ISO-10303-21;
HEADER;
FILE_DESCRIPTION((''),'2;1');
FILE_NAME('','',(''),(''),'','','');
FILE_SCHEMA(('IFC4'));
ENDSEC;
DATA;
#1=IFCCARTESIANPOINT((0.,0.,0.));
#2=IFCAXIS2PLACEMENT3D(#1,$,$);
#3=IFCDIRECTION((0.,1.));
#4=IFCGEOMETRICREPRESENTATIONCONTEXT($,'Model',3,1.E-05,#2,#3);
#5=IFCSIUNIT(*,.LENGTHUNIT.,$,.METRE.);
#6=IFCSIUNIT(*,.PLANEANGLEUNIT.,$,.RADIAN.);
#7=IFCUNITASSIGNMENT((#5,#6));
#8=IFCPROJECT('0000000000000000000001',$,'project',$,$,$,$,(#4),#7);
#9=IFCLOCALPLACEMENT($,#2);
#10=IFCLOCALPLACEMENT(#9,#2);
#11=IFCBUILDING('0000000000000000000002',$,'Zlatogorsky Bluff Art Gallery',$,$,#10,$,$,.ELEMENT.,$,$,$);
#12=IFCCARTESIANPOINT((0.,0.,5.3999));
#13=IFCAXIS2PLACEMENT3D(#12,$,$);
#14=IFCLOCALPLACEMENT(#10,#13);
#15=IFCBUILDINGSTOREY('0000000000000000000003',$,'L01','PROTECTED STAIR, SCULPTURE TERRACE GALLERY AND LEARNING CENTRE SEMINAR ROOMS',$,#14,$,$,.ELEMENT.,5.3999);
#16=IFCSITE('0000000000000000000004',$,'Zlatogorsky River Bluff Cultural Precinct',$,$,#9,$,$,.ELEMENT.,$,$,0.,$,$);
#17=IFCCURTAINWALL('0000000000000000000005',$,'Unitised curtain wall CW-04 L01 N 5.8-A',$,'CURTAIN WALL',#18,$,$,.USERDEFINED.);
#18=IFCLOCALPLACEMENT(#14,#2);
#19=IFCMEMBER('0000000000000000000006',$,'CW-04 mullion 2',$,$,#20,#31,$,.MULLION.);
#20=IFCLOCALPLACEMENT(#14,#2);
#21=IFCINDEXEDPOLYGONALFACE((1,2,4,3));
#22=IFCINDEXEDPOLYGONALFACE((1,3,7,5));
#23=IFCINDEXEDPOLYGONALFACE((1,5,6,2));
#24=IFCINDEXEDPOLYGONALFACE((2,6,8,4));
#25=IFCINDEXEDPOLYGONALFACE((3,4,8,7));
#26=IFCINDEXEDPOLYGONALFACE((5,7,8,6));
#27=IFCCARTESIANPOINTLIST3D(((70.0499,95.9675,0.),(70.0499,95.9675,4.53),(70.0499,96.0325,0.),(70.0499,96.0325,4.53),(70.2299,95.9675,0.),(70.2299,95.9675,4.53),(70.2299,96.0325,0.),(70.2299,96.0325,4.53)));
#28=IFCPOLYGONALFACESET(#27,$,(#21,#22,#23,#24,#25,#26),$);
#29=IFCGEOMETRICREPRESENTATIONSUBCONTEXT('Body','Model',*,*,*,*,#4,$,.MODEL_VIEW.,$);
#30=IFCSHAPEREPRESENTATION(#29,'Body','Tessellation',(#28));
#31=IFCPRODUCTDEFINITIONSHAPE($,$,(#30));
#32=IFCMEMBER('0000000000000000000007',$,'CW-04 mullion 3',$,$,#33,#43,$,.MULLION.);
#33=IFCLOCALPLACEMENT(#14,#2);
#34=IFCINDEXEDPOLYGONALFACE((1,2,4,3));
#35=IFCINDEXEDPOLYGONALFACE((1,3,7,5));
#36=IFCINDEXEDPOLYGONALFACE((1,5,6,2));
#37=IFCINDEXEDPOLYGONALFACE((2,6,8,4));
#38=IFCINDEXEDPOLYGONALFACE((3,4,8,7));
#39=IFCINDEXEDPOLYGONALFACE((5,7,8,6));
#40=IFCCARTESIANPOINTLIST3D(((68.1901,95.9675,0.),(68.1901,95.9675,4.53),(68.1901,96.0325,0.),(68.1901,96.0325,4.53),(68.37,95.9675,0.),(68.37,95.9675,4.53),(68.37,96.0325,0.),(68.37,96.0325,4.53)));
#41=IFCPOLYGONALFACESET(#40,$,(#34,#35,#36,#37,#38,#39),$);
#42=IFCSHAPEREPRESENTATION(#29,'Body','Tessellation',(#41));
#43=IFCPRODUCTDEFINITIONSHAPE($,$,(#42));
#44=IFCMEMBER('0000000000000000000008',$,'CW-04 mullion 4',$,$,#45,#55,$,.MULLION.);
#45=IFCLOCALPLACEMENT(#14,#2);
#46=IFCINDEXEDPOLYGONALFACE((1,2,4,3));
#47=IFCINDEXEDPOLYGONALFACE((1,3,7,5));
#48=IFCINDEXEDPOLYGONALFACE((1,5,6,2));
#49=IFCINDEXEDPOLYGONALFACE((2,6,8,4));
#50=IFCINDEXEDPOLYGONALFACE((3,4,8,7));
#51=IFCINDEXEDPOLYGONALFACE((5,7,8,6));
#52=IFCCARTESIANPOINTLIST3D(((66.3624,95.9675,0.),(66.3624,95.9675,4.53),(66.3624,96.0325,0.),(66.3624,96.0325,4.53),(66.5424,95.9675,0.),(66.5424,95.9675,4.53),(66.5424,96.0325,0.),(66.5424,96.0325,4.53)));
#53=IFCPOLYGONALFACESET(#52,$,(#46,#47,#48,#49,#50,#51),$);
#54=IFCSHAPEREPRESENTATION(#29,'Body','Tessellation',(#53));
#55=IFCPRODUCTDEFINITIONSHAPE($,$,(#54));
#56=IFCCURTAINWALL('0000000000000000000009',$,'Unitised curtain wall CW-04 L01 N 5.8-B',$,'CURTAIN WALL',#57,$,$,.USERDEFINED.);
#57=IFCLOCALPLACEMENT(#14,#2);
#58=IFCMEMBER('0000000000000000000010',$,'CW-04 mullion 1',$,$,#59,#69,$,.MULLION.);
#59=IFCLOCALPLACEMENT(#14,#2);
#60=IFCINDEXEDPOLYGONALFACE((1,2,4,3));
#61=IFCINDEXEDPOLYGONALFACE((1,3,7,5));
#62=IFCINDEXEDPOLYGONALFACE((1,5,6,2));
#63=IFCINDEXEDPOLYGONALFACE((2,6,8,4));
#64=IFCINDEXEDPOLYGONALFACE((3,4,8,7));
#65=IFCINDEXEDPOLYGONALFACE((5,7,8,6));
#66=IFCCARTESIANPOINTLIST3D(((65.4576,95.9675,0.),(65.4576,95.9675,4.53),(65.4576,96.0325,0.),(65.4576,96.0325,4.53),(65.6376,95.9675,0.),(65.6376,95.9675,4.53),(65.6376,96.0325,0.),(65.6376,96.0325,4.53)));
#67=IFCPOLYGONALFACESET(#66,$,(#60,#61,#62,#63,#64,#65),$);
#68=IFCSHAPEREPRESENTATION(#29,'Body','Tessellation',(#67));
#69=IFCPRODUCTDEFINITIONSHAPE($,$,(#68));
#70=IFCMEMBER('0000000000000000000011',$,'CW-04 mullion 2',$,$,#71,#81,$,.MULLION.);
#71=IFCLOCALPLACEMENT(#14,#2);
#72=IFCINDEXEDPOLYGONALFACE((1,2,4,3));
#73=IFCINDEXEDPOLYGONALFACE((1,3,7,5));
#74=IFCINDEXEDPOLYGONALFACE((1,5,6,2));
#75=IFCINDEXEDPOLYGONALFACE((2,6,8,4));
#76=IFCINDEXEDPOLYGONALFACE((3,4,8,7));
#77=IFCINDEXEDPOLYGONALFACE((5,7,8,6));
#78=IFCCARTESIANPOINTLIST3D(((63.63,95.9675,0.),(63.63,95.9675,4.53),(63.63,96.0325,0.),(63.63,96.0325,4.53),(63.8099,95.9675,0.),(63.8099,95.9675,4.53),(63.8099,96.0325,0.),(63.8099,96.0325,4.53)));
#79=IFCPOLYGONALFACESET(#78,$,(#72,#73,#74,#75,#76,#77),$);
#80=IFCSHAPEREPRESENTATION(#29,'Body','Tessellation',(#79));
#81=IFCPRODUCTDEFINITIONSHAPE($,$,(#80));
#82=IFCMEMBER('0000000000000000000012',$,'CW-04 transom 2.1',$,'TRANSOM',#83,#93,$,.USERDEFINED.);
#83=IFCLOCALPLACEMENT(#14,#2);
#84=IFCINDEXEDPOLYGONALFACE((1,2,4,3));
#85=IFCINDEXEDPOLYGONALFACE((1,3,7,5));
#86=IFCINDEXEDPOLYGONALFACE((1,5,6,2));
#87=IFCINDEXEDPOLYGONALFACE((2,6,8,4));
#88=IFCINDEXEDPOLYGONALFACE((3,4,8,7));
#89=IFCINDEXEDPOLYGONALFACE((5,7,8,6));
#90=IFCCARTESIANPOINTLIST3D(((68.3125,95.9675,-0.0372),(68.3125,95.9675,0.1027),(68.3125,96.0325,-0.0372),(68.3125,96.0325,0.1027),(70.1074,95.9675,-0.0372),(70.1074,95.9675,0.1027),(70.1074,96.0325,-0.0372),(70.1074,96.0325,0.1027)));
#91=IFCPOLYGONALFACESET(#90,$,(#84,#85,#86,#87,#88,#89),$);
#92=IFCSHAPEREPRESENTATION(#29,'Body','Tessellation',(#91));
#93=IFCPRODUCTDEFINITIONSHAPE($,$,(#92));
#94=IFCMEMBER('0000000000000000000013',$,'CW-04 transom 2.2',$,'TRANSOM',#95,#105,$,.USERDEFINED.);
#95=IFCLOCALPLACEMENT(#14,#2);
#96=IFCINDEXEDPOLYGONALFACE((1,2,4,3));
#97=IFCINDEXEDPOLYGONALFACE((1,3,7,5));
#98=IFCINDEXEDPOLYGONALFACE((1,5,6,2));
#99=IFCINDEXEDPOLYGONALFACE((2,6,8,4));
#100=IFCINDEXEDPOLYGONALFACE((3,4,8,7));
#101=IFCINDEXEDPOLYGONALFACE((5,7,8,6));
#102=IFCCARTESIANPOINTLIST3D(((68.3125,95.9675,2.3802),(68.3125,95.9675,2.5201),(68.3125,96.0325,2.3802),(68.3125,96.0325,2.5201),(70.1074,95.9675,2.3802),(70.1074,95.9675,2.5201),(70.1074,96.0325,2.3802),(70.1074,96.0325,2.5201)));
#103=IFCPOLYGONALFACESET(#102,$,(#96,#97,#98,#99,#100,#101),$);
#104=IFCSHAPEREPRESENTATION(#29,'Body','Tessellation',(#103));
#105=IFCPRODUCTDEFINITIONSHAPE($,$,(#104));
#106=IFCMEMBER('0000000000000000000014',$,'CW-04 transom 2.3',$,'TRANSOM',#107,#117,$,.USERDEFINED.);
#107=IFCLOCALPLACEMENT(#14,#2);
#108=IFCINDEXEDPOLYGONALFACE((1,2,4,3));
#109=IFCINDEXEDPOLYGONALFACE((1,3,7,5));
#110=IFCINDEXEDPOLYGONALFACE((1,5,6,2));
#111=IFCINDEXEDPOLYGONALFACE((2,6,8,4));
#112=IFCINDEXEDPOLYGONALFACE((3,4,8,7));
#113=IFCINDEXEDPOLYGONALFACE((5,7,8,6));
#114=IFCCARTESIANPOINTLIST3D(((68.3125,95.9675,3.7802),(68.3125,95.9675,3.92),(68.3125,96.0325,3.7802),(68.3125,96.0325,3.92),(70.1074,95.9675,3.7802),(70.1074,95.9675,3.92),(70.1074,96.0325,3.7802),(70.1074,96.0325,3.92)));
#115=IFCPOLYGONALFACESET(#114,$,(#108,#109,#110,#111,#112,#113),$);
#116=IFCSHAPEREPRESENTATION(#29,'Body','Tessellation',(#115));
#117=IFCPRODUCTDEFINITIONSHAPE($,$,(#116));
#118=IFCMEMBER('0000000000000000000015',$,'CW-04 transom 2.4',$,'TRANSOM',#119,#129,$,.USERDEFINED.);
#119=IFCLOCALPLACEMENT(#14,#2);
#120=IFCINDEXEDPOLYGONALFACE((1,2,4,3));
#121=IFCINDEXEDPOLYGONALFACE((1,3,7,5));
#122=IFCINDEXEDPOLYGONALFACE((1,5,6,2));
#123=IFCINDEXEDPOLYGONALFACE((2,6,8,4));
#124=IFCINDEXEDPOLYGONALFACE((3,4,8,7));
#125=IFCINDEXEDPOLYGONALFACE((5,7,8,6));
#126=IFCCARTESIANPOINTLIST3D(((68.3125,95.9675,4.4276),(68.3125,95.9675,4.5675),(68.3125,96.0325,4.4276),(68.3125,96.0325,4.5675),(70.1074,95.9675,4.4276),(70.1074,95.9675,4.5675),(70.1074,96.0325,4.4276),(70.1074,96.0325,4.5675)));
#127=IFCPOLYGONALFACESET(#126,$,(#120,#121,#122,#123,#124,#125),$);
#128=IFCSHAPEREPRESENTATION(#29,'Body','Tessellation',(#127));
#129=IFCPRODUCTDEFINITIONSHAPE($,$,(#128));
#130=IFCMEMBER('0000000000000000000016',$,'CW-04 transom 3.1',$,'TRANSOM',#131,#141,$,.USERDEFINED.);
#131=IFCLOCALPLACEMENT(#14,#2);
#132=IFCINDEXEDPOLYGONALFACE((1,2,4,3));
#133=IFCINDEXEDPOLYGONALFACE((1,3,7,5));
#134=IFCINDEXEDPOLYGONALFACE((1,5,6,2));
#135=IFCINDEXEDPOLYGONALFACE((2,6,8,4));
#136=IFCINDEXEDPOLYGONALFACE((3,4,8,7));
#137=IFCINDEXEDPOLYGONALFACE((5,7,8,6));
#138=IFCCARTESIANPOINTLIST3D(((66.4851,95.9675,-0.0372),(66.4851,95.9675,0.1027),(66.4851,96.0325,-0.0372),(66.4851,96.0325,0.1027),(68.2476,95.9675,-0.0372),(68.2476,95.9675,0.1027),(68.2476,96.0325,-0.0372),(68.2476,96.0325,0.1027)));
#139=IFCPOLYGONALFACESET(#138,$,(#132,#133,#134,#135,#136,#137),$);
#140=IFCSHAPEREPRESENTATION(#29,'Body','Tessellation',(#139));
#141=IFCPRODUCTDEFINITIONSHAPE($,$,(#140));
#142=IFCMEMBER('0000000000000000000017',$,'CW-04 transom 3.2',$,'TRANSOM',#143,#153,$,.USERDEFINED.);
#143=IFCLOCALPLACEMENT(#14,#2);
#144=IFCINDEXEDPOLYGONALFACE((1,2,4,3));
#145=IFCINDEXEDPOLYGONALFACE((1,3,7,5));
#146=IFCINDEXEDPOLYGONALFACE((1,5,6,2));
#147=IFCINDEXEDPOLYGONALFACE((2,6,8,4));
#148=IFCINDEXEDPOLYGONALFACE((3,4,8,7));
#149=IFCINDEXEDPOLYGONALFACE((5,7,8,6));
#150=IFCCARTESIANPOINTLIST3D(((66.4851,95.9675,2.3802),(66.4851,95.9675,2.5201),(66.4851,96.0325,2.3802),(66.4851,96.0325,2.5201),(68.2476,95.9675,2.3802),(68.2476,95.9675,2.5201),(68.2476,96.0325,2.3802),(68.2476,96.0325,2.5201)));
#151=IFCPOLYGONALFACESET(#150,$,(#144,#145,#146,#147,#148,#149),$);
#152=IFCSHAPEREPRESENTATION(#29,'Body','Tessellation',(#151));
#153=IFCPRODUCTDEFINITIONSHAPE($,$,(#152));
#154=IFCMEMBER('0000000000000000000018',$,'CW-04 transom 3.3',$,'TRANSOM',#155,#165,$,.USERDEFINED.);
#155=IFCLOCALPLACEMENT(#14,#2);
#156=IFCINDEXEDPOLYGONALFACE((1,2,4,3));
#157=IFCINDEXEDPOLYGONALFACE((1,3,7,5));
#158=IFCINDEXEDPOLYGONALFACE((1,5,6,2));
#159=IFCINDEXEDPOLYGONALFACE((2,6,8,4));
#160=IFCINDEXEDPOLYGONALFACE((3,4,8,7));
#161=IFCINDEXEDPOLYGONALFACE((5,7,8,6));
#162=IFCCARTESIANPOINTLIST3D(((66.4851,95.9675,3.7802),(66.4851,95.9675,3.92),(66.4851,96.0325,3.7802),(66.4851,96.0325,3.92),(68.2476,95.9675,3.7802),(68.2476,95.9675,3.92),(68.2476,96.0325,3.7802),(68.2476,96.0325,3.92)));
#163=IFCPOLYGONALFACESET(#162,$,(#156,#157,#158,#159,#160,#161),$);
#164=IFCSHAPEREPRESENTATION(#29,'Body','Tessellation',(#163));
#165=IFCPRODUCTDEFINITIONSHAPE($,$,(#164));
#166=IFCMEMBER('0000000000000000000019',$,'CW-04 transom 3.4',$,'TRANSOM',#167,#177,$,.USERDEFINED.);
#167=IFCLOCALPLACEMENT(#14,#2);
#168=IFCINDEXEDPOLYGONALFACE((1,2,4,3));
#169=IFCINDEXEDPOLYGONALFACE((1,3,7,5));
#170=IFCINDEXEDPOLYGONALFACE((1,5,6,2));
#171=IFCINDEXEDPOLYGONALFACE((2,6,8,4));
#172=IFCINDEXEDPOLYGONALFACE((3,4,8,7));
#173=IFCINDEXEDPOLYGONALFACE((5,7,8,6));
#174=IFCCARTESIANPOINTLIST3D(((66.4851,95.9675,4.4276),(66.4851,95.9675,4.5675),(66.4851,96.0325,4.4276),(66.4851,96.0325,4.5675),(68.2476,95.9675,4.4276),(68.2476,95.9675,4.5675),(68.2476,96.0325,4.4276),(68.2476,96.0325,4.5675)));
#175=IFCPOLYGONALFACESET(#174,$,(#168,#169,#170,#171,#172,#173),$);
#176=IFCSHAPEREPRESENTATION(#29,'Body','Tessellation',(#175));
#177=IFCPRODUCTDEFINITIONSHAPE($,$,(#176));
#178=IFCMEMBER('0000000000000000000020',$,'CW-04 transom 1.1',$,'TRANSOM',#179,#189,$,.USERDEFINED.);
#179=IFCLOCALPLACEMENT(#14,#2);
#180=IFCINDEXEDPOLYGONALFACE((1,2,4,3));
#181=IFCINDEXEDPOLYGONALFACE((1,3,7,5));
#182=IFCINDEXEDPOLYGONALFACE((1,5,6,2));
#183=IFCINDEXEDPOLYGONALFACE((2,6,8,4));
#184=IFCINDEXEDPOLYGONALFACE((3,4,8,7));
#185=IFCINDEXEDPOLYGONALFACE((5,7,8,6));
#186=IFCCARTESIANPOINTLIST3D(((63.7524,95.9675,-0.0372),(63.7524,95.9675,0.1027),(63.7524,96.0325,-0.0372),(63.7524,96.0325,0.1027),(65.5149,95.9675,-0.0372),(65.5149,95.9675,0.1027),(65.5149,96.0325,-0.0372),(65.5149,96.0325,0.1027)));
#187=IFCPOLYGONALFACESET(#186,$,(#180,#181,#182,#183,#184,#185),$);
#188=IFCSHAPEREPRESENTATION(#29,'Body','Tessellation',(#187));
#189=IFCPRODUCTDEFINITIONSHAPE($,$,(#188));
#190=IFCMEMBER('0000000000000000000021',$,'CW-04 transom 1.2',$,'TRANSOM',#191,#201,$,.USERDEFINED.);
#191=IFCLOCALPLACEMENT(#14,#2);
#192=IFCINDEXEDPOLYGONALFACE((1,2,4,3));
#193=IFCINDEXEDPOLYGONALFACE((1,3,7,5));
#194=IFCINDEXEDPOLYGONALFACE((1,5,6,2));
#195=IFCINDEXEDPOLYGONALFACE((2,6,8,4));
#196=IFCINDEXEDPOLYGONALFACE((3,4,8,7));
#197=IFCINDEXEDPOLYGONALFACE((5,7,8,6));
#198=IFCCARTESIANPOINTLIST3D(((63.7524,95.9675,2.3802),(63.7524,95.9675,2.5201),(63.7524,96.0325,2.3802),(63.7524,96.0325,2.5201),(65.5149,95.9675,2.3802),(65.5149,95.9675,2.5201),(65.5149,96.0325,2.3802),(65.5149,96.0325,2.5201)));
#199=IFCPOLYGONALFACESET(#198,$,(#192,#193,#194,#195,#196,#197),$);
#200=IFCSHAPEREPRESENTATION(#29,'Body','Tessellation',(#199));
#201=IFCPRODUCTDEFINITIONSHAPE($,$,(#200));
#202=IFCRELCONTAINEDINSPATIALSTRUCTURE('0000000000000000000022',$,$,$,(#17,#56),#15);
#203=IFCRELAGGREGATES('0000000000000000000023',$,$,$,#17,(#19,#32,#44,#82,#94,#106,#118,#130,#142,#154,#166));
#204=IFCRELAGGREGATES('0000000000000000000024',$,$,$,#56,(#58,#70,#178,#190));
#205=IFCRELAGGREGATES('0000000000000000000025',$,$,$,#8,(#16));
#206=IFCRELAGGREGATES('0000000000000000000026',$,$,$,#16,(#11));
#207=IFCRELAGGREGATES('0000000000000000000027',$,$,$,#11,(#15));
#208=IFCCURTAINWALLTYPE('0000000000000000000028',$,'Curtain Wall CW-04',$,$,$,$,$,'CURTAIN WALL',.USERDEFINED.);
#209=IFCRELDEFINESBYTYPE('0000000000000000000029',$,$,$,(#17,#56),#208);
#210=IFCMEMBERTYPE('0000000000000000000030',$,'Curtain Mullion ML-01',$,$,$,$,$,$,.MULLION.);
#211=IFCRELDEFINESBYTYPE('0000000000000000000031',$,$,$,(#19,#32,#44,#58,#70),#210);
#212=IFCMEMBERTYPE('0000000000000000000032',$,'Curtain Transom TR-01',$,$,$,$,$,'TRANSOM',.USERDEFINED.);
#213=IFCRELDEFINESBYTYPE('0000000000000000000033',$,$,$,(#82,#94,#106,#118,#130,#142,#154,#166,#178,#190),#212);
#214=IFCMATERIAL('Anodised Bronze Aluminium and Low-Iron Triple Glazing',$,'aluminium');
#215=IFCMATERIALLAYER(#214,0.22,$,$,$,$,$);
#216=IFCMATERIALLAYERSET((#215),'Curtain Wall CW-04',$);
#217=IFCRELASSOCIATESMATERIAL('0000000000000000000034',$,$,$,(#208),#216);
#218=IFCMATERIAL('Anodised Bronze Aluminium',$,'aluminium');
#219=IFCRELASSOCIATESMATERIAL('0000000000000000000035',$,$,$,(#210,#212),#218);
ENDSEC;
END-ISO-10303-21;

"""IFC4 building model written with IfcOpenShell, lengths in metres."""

from ifc_helpers import new_model, si_unit, direction, frame, origin, origin_2d, place, context, subcontext, project, spatial, rectangle, extrude, material, layer, layer_set, material_profile, profile_set, type_object, element, aggregate, save


model = new_model("IFC4")

# Units and contexts
model_context = context("Model", 3, precision=1e-05, world=origin(), true_north=direction((0.0, 1.0)))
body_context = subcontext(model_context, "Body", "Model", "MODEL_VIEW")
ifc_project = project(units=[si_unit("LENGTHUNIT", "METRE"), si_unit("PLANEANGLEUNIT", "RADIAN")], contexts=[model_context])

# Site, building, storey
site_placement = place(None, origin())
site = spatial("IfcSite", under=ifc_project, at=site_placement, Name="Zlatogorsky River Bluff Cultural Precinct", CompositionType="ELEMENT", RefElevation=0.0)
building_placement = place(site_placement, origin())
building = spatial("IfcBuilding", under=site, at=building_placement, Name="Zlatogorsky Bluff Art Gallery", CompositionType="ELEMENT")
storey_placement = place(building_placement, frame((0.0, 0.0, 5.3999)))
storey = spatial("IfcBuildingStorey", under=building, at=storey_placement, Name="L01", Description="PROTECTED STAIR, SCULPTURE TERRACE GALLERY AND LEARNING CENTRE SEMINAR ROOMS", CompositionType="ELEMENT", Elevation=5.3999)

# Curtain walls, members
ifc_material_1 = material(Name="Anodised Bronze Aluminium and Low-Iron Triple Glazing", Category="aluminium")
ifc_layer_1 = layer(ifc_material_1, 0.22)
ifc_layer_set_1 = layer_set([ifc_layer_1], Name="Curtain Wall CW-04")
curtain_wall_type = type_object("IfcCurtainWallType", Name="Curtain Wall CW-04", ElementType="CURTAIN WALL", PredefinedType="USERDEFINED", material=ifc_layer_set_1)
curtain_wall_1_placement = place(storey_placement, origin())
curtain_wall_1 = element("IfcCurtainWall", 1, at=curtain_wall_1_placement, inside=storey, type_object=curtain_wall_type, Name="Unitised curtain wall CW-04 L01 N 5.8-A", ObjectType="CURTAIN WALL", PredefinedType="USERDEFINED")
ifc_material_2 = material(Name="Anodised Bronze Aluminium", Category="aluminium")
ifc_material_profile_1 = material_profile(ifc_material_2, rectangle(XDim=0.0649, YDim=0.1799, at=origin_2d()), Name="ALU MULLION 65x180")
ifc_profile_set_1 = profile_set([ifc_material_profile_1], Name="Anodised Bronze Aluminium")
member_type_1 = type_object("IfcMemberType", Name="Curtain Mullion ML-01", PredefinedType="MULLION", material=ifc_profile_set_1)
member_1_placement = place(storey_placement, frame((70.1399, 96.0, 0.0), z_axis=(0.0, 0.0, 1.0), x_axis=(0.0, -1.0, 0.0)))
member_1 = element("IfcMember", 2, at=member_1_placement, type_object=member_type_1, Name="CW-04 mullion 2", PredefinedType="MULLION", context=body_context, shape_type="SweptSolid", body=[
    extrude(rectangle(XDim=0.0649, YDim=0.1799, at=origin_2d()), origin(), (0.0, 0.0, 1.0), 4.53),
])
member_2_placement = place(storey_placement, frame((68.28, 96.0, 0.0), z_axis=(0.0, 0.0, 1.0), x_axis=(0.0, -1.0, 0.0)))
member_2 = element("IfcMember", 3, at=member_2_placement, type_object=member_type_1, Name="CW-04 mullion 3", PredefinedType="MULLION", context=body_context, shape_type="SweptSolid", body=[
    extrude(rectangle(XDim=0.0649, YDim=0.1799, at=origin_2d()), origin(), (0.0, 0.0, 1.0), 4.53),
])
member_3_placement = place(storey_placement, frame((66.4524, 96.0, 0.0), z_axis=(0.0, 0.0, 1.0), x_axis=(0.0, -1.0, 0.0)))
member_3 = element("IfcMember", 4, at=member_3_placement, type_object=member_type_1, Name="CW-04 mullion 4", PredefinedType="MULLION", context=body_context, shape_type="SweptSolid", body=[
    extrude(rectangle(XDim=0.0649, YDim=0.1799, at=origin_2d()), origin(), (0.0, 0.0, 1.0), 4.53),
])
curtain_wall_2_placement = place(storey_placement, origin())
curtain_wall_2 = element("IfcCurtainWall", 5, at=curtain_wall_2_placement, inside=storey, type_object=curtain_wall_type, Name="Unitised curtain wall CW-04 L01 N 5.8-B", ObjectType="CURTAIN WALL", PredefinedType="USERDEFINED")
member_4_placement = place(storey_placement, frame((65.5476, 96.0, 0.0), z_axis=(0.0, 0.0, 1.0), x_axis=(0.0, -1.0, 0.0)))
member_4 = element("IfcMember", 6, at=member_4_placement, type_object=member_type_1, Name="CW-04 mullion 1", PredefinedType="MULLION", context=body_context, shape_type="SweptSolid", body=[
    extrude(rectangle(XDim=0.0649, YDim=0.1799, at=origin_2d()), origin(), (0.0, 0.0, 1.0), 4.53),
])
member_5_placement = place(storey_placement, frame((63.72, 96.0, 0.0), z_axis=(0.0, 0.0, 1.0), x_axis=(0.0, -1.0, 0.0)))
member_5 = element("IfcMember", 7, at=member_5_placement, type_object=member_type_1, Name="CW-04 mullion 2", PredefinedType="MULLION", context=body_context, shape_type="SweptSolid", body=[
    extrude(rectangle(XDim=0.0649, YDim=0.1799, at=origin_2d()), origin(), (0.0, 0.0, 1.0), 4.53),
])

# Members
ifc_material_profile_2 = material_profile(ifc_material_2, rectangle(XDim=0.0649, YDim=0.1399, at=origin_2d()), Name="ALU TRANSOM 65x140")
ifc_profile_set_2 = profile_set([ifc_material_profile_2], Name="Anodised Bronze Aluminium")
member_type_2 = type_object("IfcMemberType", Name="Curtain Transom TR-01", ElementType="TRANSOM", PredefinedType="USERDEFINED", material=ifc_profile_set_2)
member_6_placement = place(storey_placement, frame((70.1074, 96.0, 0.0327), z_axis=(-1.0, 0.0, 0.0), x_axis=(0.0, -1.0, 0.0)))
member_6 = element("IfcMember", 8, at=member_6_placement, type_object=member_type_2, Name="CW-04 transom 2.1", ObjectType="TRANSOM", PredefinedType="USERDEFINED", context=body_context, shape_type="SweptSolid", body=[
    extrude(rectangle(XDim=0.0649, YDim=0.1399, at=origin_2d()), origin(), (0.0, 0.0, 1.0), 1.7949),
])
member_7_placement = place(storey_placement, frame((70.1074, 96.0, 2.4502), z_axis=(-1.0, 0.0, 0.0), x_axis=(0.0, -1.0, 0.0)))
member_7 = element("IfcMember", 9, at=member_7_placement, type_object=member_type_2, Name="CW-04 transom 2.2", ObjectType="TRANSOM", PredefinedType="USERDEFINED", context=body_context, shape_type="SweptSolid", body=[
    extrude(rectangle(XDim=0.0649, YDim=0.1399, at=origin_2d()), origin(), (0.0, 0.0, 1.0), 1.7949),
])
member_8_placement = place(storey_placement, frame((70.1074, 96.0, 3.8501), z_axis=(-1.0, 0.0, 0.0), x_axis=(0.0, -1.0, 0.0)))
member_8 = element("IfcMember", 10, at=member_8_placement, type_object=member_type_2, Name="CW-04 transom 2.3", ObjectType="TRANSOM", PredefinedType="USERDEFINED", context=body_context, shape_type="SweptSolid", body=[
    extrude(rectangle(XDim=0.0649, YDim=0.1399, at=origin_2d()), origin(), (0.0, 0.0, 1.0), 1.7949),
])
member_9_placement = place(storey_placement, frame((70.1074, 96.0, 4.4976), z_axis=(-1.0, 0.0, 0.0), x_axis=(0.0, -1.0, 0.0)))
member_9 = element("IfcMember", 11, at=member_9_placement, type_object=member_type_2, Name="CW-04 transom 2.4", ObjectType="TRANSOM", PredefinedType="USERDEFINED", context=body_context, shape_type="SweptSolid", body=[
    extrude(rectangle(XDim=0.0649, YDim=0.1399, at=origin_2d()), origin(), (0.0, 0.0, 1.0), 1.7949),
])
member_10_placement = place(storey_placement, frame((68.2476, 96.0, 0.0327), z_axis=(-1.0, 0.0, 0.0), x_axis=(0.0, -1.0, 0.0)))
member_10 = element("IfcMember", 12, at=member_10_placement, type_object=member_type_2, Name="CW-04 transom 3.1", ObjectType="TRANSOM", PredefinedType="USERDEFINED", context=body_context, shape_type="SweptSolid", body=[
    extrude(rectangle(XDim=0.0649, YDim=0.1399, at=origin_2d()), origin(), (0.0, 0.0, 1.0), 1.7625),
])
member_11_placement = place(storey_placement, frame((68.2476, 96.0, 2.4502), z_axis=(-1.0, 0.0, 0.0), x_axis=(0.0, -1.0, 0.0)))
member_11 = element("IfcMember", 13, at=member_11_placement, type_object=member_type_2, Name="CW-04 transom 3.2", ObjectType="TRANSOM", PredefinedType="USERDEFINED", context=body_context, shape_type="SweptSolid", body=[
    extrude(rectangle(XDim=0.0649, YDim=0.1399, at=origin_2d()), origin(), (0.0, 0.0, 1.0), 1.7625),
])
member_12_placement = place(storey_placement, frame((68.2476, 96.0, 3.8501), z_axis=(-1.0, 0.0, 0.0), x_axis=(0.0, -1.0, 0.0)))
member_12 = element("IfcMember", 14, at=member_12_placement, type_object=member_type_2, Name="CW-04 transom 3.3", ObjectType="TRANSOM", PredefinedType="USERDEFINED", context=body_context, shape_type="SweptSolid", body=[
    extrude(rectangle(XDim=0.0649, YDim=0.1399, at=origin_2d()), origin(), (0.0, 0.0, 1.0), 1.7625),
])
member_13_placement = place(storey_placement, frame((68.2476, 96.0, 4.4976), z_axis=(-1.0, 0.0, 0.0), x_axis=(0.0, -1.0, 0.0)))
member_13 = element("IfcMember", 15, at=member_13_placement, type_object=member_type_2, Name="CW-04 transom 3.4", ObjectType="TRANSOM", PredefinedType="USERDEFINED", context=body_context, shape_type="SweptSolid", body=[
    extrude(rectangle(XDim=0.0649, YDim=0.1399, at=origin_2d()), origin(), (0.0, 0.0, 1.0), 1.7625),
])
member_14_placement = place(storey_placement, frame((65.5149, 96.0, 0.0327), z_axis=(-1.0, 0.0, 0.0), x_axis=(0.0, -1.0, 0.0)))
member_14 = element("IfcMember", 16, at=member_14_placement, type_object=member_type_2, Name="CW-04 transom 1.1", ObjectType="TRANSOM", PredefinedType="USERDEFINED", context=body_context, shape_type="SweptSolid", body=[
    extrude(rectangle(XDim=0.0649, YDim=0.1399, at=origin_2d()), origin(), (0.0, 0.0, 1.0), 1.7625),
])
member_15_placement = place(storey_placement, frame((65.5149, 96.0, 2.4502), z_axis=(-1.0, 0.0, 0.0), x_axis=(0.0, -1.0, 0.0)))
member_15 = element("IfcMember", 17, at=member_15_placement, type_object=member_type_2, Name="CW-04 transom 1.2", ObjectType="TRANSOM", PredefinedType="USERDEFINED", context=body_context, shape_type="SweptSolid", body=[
    extrude(rectangle(XDim=0.0649, YDim=0.1399, at=origin_2d()), origin(), (0.0, 0.0, 1.0), 1.7625),
])

aggregate(curtain_wall_1, [member_1, member_2, member_3, member_6, member_7, member_8, member_9, member_10, member_11, member_12, member_13])
aggregate(curtain_wall_2, [member_4, member_5, member_14, member_15])

save(model, "model.ifc")
